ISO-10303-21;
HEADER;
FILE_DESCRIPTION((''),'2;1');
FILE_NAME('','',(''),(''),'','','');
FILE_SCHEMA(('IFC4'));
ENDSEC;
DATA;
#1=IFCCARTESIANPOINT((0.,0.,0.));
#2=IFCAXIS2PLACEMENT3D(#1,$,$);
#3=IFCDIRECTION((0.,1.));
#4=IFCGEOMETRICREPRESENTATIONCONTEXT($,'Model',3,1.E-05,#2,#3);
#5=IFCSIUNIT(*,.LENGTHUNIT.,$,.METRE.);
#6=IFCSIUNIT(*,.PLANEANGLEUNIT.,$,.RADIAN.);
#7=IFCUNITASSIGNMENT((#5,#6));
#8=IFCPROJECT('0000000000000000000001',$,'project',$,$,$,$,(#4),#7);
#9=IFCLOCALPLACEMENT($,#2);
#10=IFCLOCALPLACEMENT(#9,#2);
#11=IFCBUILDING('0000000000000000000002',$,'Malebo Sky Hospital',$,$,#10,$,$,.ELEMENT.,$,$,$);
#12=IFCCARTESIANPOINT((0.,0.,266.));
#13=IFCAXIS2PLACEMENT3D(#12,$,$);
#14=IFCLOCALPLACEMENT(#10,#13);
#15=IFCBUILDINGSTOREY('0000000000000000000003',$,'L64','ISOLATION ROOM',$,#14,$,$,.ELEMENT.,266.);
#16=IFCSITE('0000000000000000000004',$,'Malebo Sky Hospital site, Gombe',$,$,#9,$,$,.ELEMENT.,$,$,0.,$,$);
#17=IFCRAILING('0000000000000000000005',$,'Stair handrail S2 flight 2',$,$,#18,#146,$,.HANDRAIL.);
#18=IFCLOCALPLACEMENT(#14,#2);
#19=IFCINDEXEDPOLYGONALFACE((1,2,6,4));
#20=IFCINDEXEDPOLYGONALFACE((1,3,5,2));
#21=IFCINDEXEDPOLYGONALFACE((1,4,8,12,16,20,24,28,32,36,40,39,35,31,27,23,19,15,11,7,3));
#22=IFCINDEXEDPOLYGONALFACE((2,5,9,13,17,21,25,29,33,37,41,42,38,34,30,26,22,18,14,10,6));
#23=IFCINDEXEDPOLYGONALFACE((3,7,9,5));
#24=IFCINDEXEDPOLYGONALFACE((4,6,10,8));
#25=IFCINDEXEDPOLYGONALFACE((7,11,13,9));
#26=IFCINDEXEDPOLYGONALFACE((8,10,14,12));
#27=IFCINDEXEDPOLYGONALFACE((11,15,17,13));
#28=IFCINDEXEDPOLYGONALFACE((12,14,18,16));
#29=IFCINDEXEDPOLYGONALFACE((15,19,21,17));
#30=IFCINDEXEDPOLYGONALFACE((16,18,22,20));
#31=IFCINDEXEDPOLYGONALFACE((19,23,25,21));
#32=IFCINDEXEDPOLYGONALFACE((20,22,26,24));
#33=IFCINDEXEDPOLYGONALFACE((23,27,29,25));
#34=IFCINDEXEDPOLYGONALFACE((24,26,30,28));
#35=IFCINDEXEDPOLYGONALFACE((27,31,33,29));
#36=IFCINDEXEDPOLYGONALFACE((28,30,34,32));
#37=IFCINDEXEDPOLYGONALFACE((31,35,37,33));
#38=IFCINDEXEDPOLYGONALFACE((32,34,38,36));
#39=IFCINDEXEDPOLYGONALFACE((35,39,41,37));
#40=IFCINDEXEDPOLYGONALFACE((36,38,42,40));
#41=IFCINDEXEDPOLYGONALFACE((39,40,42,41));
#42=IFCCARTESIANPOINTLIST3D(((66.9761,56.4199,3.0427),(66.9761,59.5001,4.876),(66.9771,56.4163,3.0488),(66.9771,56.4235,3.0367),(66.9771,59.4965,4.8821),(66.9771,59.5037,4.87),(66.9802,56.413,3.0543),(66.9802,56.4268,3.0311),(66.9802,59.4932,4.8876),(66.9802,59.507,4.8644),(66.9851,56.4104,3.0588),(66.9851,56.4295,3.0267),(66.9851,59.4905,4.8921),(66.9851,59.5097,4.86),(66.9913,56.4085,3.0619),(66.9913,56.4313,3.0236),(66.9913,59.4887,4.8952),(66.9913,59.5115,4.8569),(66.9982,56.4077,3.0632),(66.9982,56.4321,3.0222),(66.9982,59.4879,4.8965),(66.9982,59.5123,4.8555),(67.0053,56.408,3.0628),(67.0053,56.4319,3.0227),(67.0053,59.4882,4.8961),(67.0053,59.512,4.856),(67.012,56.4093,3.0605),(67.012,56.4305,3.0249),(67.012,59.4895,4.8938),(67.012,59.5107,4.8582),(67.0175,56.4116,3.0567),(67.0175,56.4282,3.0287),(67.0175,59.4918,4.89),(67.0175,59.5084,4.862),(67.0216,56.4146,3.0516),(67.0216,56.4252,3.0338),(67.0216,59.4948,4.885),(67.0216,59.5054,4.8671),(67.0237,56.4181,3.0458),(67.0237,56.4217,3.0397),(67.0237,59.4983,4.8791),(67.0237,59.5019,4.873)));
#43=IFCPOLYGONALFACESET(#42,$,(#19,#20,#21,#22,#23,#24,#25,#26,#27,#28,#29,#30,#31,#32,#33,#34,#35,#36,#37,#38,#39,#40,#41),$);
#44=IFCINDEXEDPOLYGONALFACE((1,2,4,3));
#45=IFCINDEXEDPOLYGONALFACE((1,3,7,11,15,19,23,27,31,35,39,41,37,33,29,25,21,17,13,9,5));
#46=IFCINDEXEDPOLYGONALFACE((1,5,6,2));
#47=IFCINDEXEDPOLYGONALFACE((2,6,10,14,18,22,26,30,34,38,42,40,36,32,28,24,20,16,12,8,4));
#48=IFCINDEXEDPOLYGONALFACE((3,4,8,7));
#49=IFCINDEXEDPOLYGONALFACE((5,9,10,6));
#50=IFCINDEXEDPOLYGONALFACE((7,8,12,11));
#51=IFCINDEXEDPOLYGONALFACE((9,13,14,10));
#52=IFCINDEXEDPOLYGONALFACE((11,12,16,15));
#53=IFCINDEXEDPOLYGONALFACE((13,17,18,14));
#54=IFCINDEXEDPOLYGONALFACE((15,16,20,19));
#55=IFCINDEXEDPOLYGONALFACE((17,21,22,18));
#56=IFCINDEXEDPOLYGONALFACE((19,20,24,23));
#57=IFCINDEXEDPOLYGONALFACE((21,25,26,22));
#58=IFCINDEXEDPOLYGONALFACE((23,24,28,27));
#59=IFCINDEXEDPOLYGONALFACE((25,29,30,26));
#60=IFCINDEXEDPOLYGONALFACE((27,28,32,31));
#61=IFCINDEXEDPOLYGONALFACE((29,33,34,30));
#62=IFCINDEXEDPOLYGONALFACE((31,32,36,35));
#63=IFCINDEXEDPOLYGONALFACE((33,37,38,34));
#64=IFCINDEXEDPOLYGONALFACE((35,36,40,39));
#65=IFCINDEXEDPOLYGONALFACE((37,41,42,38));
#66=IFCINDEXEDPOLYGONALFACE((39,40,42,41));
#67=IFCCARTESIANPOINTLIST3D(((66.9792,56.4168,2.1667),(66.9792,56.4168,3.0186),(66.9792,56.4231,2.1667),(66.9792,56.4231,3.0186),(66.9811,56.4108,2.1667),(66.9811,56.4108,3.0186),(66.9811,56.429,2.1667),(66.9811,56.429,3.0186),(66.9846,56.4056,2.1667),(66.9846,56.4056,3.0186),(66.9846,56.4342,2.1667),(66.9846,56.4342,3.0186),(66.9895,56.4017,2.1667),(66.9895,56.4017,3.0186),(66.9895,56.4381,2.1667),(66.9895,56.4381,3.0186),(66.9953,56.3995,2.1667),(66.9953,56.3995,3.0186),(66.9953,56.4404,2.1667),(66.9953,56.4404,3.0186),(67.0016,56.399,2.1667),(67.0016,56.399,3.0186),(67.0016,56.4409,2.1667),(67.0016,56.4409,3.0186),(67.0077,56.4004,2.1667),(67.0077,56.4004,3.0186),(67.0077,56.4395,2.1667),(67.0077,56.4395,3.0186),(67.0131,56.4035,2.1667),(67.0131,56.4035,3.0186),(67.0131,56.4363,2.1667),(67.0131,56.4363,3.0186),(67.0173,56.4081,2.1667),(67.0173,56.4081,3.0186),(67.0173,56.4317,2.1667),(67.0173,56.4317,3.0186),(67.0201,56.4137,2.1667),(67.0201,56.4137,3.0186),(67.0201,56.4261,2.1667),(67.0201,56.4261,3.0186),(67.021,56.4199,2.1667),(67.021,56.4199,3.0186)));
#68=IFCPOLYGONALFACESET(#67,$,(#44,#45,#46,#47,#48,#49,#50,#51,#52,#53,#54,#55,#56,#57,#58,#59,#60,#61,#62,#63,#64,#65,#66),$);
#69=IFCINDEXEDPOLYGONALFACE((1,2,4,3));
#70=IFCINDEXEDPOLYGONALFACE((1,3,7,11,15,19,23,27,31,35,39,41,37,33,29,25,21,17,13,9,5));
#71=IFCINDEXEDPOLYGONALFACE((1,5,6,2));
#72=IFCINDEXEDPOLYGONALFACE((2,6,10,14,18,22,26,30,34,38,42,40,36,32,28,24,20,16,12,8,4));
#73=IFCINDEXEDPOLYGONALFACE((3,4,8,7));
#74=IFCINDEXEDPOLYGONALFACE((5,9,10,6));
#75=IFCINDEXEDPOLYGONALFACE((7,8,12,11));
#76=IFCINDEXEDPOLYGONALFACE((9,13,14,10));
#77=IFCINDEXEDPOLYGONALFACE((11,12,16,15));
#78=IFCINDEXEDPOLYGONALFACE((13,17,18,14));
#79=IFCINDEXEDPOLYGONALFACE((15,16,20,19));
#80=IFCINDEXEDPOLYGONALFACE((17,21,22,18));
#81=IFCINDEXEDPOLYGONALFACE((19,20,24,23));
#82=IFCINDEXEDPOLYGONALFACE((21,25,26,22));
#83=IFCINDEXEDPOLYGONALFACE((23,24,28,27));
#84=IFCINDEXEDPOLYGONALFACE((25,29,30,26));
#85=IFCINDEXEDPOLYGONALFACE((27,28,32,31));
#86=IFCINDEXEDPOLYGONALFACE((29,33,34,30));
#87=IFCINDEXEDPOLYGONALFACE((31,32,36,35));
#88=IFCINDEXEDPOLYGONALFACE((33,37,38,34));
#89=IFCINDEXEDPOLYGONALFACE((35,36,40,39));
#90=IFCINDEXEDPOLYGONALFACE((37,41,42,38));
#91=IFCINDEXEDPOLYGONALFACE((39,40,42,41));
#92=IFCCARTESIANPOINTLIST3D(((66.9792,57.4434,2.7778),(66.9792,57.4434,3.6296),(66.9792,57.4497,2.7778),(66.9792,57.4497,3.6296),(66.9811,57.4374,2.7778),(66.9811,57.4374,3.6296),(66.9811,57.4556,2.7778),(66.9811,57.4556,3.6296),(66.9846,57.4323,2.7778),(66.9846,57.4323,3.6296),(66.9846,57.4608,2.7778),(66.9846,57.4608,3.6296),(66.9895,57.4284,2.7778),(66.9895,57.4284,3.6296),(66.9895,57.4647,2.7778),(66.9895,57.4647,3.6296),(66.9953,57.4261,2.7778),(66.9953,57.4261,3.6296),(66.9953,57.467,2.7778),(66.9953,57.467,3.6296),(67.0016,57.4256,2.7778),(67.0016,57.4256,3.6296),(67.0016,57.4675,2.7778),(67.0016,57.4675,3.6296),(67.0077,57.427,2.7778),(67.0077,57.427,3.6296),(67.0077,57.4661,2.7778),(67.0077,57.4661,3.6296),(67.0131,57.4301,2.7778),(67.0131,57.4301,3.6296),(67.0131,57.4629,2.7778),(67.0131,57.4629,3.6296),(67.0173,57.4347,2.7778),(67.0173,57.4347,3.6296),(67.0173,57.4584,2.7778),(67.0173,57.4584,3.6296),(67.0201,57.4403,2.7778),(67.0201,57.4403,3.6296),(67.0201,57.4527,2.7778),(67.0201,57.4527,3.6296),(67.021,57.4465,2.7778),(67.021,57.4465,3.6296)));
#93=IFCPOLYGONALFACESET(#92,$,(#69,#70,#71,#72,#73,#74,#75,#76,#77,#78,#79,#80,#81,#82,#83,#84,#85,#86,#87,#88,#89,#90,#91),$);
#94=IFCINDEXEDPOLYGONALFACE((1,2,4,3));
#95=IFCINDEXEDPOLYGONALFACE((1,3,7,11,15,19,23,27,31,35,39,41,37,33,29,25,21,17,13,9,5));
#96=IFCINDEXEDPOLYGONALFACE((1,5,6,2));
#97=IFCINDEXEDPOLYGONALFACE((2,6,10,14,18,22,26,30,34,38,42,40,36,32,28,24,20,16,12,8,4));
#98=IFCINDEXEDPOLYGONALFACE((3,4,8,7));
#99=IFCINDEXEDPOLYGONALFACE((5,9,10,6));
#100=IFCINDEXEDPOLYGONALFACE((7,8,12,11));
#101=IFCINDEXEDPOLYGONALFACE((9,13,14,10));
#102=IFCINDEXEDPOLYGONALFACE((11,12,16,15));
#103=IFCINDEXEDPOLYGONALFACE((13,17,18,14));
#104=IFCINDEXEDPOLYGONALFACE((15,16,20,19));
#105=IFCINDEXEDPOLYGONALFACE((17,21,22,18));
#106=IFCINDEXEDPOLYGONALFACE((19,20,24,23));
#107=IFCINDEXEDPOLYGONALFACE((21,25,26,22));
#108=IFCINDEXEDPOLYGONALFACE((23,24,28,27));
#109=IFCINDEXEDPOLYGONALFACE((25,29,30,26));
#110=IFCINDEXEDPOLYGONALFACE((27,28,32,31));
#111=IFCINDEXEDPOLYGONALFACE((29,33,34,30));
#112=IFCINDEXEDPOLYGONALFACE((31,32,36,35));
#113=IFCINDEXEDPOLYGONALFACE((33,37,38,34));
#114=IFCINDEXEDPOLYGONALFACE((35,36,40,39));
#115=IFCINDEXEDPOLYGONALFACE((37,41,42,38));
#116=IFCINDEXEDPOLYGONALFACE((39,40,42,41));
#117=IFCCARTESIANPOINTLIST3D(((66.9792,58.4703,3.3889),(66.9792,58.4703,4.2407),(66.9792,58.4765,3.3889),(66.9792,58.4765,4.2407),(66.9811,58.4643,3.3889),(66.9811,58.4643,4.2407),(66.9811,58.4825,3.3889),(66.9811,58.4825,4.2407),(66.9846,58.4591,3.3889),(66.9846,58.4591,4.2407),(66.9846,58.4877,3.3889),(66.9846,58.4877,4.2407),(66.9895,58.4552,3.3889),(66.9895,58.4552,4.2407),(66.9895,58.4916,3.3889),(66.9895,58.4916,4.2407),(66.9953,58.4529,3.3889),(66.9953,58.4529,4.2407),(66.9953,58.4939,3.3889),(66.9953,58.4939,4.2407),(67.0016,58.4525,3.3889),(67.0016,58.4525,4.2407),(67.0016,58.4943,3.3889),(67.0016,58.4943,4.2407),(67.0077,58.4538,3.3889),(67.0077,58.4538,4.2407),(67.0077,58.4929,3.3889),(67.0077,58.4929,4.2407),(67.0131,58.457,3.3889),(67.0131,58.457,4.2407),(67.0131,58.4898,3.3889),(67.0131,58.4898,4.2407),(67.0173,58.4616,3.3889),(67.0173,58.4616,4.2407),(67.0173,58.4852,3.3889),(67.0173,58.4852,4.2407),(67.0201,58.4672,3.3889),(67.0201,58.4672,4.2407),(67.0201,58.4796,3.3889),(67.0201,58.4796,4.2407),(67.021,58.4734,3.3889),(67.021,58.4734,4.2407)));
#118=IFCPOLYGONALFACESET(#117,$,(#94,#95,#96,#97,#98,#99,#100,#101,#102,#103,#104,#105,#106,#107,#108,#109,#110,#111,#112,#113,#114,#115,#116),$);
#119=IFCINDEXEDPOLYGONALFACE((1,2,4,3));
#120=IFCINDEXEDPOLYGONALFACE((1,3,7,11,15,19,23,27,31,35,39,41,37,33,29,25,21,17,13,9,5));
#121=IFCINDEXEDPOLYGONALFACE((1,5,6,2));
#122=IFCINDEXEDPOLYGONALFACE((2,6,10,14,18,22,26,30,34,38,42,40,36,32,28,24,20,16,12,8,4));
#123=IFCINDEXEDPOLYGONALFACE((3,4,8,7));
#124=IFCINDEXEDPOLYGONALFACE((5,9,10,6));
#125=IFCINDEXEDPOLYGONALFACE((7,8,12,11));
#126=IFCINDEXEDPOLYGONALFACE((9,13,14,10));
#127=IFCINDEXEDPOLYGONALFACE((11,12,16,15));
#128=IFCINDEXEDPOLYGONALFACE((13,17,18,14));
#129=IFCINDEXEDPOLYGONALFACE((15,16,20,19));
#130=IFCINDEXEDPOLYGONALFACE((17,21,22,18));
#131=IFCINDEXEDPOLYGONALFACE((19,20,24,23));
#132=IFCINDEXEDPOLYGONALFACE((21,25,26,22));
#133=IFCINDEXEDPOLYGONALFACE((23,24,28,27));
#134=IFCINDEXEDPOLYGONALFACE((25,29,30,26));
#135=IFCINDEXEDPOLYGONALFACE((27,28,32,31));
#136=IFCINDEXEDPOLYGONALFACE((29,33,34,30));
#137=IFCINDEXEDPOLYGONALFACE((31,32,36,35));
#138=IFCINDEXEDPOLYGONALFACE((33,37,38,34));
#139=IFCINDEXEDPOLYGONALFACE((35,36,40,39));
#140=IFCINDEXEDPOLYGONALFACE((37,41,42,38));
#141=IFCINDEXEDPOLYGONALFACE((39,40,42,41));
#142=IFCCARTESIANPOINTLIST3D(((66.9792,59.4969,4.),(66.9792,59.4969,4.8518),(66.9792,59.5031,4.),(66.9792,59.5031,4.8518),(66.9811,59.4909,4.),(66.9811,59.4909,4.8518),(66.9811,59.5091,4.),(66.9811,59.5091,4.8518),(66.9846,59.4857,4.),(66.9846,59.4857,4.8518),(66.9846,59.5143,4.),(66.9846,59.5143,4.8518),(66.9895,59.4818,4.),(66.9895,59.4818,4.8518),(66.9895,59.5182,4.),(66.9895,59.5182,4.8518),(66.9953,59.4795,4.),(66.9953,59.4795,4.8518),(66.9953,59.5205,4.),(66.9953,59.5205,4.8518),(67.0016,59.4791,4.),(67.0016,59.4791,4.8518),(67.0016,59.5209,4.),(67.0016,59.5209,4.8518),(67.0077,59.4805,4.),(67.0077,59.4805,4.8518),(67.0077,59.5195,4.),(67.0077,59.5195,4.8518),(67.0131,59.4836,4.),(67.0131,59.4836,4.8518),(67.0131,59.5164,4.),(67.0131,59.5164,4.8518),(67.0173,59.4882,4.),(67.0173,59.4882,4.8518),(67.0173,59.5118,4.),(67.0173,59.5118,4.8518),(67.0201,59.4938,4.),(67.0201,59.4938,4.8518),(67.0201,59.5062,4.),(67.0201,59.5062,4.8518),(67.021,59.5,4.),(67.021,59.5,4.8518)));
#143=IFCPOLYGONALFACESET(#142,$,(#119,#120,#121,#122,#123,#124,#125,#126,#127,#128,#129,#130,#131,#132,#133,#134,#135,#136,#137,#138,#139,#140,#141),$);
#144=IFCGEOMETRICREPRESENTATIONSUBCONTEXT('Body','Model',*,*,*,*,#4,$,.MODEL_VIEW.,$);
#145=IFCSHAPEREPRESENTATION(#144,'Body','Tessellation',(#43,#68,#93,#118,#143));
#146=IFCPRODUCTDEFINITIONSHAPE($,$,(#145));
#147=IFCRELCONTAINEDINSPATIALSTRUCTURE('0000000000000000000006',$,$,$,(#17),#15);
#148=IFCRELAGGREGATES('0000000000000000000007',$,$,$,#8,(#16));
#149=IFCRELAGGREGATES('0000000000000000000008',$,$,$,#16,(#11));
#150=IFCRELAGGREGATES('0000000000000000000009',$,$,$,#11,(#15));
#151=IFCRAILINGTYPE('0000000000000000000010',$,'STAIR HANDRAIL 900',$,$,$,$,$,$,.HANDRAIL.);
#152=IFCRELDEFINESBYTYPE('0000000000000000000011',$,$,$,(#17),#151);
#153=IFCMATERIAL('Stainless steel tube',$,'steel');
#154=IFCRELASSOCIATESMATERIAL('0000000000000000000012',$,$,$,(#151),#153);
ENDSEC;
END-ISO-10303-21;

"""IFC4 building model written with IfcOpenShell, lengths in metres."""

from ifc_helpers import new_model, si_unit, direction, frame, origin, origin_2d, place, context, subcontext, project, spatial, circle, extrude, material, type_object, element, save


model = new_model("IFC4")

# Units and contexts
model_context = context("Model", 3, precision=1e-05, world=origin(), true_north=direction((0.0, 1.0)))
body_context = subcontext(model_context, "Body", "Model", "MODEL_VIEW")
ifc_project = project(units=[si_unit("LENGTHUNIT", "METRE"), si_unit("PLANEANGLEUNIT", "RADIAN")], contexts=[model_context])

# Site, building, storey
site_placement = place(None, origin())
site = spatial("IfcSite", under=ifc_project, at=site_placement, Name="Malebo Sky Hospital site, Gombe", CompositionType="ELEMENT", RefElevation=0.0)
building_placement = place(site_placement, origin())
building = spatial("IfcBuilding", under=site, at=building_placement, Name="Malebo Sky Hospital", CompositionType="ELEMENT")
storey_placement = place(building_placement, frame((0.0, 0.0, 266.0)))
storey = spatial("IfcBuildingStorey", under=building, at=storey_placement, Name="L64", Description="ISOLATION ROOM", CompositionType="ELEMENT", Elevation=266.0)

# Railing
ifc_material_1 = material(Name="Stainless steel tube", Category="steel")
railing_type = type_object("IfcRailingType", Name="STAIR HANDRAIL 900", PredefinedType="HANDRAIL", material=ifc_material_1)
railing_placement = place(storey_placement, frame((67.0, 56.4199, 2.1667)))
element("IfcRailing", 1, at=railing_placement, inside=storey, type_object=railing_type, Name="Stair handrail S2 flight 2", PredefinedType="HANDRAIL", context=body_context, shape_type="SweptSolid", body=[
    extrude(circle(Radius=0.0239, at=origin_2d()), frame((0.0, 0.0, 0.876), z_axis=(0.0, 0.859309, 0.511458), x_axis=(-1.0, 0.0, 0.0)), (0.0, 0.0, 1.0), 3.5845),
    extrude(circle(Radius=0.021, at=origin_2d()), origin(), (0.0, 0.0, 1.0), 0.8518),
    extrude(circle(Radius=0.021, at=origin_2d()), frame((0.0, 1.0266, 0.6111)), (0.0, 0.0, 1.0), 0.8518),
    extrude(circle(Radius=0.021, at=origin_2d()), frame((0.0, 2.0535, 1.2222)), (0.0, 0.0, 1.0), 0.8518),
    extrude(circle(Radius=0.021, at=origin_2d()), frame((0.0, 3.0801, 1.8333)), (0.0, 0.0, 1.0), 0.8518),
])

save(model, "model.ifc")
